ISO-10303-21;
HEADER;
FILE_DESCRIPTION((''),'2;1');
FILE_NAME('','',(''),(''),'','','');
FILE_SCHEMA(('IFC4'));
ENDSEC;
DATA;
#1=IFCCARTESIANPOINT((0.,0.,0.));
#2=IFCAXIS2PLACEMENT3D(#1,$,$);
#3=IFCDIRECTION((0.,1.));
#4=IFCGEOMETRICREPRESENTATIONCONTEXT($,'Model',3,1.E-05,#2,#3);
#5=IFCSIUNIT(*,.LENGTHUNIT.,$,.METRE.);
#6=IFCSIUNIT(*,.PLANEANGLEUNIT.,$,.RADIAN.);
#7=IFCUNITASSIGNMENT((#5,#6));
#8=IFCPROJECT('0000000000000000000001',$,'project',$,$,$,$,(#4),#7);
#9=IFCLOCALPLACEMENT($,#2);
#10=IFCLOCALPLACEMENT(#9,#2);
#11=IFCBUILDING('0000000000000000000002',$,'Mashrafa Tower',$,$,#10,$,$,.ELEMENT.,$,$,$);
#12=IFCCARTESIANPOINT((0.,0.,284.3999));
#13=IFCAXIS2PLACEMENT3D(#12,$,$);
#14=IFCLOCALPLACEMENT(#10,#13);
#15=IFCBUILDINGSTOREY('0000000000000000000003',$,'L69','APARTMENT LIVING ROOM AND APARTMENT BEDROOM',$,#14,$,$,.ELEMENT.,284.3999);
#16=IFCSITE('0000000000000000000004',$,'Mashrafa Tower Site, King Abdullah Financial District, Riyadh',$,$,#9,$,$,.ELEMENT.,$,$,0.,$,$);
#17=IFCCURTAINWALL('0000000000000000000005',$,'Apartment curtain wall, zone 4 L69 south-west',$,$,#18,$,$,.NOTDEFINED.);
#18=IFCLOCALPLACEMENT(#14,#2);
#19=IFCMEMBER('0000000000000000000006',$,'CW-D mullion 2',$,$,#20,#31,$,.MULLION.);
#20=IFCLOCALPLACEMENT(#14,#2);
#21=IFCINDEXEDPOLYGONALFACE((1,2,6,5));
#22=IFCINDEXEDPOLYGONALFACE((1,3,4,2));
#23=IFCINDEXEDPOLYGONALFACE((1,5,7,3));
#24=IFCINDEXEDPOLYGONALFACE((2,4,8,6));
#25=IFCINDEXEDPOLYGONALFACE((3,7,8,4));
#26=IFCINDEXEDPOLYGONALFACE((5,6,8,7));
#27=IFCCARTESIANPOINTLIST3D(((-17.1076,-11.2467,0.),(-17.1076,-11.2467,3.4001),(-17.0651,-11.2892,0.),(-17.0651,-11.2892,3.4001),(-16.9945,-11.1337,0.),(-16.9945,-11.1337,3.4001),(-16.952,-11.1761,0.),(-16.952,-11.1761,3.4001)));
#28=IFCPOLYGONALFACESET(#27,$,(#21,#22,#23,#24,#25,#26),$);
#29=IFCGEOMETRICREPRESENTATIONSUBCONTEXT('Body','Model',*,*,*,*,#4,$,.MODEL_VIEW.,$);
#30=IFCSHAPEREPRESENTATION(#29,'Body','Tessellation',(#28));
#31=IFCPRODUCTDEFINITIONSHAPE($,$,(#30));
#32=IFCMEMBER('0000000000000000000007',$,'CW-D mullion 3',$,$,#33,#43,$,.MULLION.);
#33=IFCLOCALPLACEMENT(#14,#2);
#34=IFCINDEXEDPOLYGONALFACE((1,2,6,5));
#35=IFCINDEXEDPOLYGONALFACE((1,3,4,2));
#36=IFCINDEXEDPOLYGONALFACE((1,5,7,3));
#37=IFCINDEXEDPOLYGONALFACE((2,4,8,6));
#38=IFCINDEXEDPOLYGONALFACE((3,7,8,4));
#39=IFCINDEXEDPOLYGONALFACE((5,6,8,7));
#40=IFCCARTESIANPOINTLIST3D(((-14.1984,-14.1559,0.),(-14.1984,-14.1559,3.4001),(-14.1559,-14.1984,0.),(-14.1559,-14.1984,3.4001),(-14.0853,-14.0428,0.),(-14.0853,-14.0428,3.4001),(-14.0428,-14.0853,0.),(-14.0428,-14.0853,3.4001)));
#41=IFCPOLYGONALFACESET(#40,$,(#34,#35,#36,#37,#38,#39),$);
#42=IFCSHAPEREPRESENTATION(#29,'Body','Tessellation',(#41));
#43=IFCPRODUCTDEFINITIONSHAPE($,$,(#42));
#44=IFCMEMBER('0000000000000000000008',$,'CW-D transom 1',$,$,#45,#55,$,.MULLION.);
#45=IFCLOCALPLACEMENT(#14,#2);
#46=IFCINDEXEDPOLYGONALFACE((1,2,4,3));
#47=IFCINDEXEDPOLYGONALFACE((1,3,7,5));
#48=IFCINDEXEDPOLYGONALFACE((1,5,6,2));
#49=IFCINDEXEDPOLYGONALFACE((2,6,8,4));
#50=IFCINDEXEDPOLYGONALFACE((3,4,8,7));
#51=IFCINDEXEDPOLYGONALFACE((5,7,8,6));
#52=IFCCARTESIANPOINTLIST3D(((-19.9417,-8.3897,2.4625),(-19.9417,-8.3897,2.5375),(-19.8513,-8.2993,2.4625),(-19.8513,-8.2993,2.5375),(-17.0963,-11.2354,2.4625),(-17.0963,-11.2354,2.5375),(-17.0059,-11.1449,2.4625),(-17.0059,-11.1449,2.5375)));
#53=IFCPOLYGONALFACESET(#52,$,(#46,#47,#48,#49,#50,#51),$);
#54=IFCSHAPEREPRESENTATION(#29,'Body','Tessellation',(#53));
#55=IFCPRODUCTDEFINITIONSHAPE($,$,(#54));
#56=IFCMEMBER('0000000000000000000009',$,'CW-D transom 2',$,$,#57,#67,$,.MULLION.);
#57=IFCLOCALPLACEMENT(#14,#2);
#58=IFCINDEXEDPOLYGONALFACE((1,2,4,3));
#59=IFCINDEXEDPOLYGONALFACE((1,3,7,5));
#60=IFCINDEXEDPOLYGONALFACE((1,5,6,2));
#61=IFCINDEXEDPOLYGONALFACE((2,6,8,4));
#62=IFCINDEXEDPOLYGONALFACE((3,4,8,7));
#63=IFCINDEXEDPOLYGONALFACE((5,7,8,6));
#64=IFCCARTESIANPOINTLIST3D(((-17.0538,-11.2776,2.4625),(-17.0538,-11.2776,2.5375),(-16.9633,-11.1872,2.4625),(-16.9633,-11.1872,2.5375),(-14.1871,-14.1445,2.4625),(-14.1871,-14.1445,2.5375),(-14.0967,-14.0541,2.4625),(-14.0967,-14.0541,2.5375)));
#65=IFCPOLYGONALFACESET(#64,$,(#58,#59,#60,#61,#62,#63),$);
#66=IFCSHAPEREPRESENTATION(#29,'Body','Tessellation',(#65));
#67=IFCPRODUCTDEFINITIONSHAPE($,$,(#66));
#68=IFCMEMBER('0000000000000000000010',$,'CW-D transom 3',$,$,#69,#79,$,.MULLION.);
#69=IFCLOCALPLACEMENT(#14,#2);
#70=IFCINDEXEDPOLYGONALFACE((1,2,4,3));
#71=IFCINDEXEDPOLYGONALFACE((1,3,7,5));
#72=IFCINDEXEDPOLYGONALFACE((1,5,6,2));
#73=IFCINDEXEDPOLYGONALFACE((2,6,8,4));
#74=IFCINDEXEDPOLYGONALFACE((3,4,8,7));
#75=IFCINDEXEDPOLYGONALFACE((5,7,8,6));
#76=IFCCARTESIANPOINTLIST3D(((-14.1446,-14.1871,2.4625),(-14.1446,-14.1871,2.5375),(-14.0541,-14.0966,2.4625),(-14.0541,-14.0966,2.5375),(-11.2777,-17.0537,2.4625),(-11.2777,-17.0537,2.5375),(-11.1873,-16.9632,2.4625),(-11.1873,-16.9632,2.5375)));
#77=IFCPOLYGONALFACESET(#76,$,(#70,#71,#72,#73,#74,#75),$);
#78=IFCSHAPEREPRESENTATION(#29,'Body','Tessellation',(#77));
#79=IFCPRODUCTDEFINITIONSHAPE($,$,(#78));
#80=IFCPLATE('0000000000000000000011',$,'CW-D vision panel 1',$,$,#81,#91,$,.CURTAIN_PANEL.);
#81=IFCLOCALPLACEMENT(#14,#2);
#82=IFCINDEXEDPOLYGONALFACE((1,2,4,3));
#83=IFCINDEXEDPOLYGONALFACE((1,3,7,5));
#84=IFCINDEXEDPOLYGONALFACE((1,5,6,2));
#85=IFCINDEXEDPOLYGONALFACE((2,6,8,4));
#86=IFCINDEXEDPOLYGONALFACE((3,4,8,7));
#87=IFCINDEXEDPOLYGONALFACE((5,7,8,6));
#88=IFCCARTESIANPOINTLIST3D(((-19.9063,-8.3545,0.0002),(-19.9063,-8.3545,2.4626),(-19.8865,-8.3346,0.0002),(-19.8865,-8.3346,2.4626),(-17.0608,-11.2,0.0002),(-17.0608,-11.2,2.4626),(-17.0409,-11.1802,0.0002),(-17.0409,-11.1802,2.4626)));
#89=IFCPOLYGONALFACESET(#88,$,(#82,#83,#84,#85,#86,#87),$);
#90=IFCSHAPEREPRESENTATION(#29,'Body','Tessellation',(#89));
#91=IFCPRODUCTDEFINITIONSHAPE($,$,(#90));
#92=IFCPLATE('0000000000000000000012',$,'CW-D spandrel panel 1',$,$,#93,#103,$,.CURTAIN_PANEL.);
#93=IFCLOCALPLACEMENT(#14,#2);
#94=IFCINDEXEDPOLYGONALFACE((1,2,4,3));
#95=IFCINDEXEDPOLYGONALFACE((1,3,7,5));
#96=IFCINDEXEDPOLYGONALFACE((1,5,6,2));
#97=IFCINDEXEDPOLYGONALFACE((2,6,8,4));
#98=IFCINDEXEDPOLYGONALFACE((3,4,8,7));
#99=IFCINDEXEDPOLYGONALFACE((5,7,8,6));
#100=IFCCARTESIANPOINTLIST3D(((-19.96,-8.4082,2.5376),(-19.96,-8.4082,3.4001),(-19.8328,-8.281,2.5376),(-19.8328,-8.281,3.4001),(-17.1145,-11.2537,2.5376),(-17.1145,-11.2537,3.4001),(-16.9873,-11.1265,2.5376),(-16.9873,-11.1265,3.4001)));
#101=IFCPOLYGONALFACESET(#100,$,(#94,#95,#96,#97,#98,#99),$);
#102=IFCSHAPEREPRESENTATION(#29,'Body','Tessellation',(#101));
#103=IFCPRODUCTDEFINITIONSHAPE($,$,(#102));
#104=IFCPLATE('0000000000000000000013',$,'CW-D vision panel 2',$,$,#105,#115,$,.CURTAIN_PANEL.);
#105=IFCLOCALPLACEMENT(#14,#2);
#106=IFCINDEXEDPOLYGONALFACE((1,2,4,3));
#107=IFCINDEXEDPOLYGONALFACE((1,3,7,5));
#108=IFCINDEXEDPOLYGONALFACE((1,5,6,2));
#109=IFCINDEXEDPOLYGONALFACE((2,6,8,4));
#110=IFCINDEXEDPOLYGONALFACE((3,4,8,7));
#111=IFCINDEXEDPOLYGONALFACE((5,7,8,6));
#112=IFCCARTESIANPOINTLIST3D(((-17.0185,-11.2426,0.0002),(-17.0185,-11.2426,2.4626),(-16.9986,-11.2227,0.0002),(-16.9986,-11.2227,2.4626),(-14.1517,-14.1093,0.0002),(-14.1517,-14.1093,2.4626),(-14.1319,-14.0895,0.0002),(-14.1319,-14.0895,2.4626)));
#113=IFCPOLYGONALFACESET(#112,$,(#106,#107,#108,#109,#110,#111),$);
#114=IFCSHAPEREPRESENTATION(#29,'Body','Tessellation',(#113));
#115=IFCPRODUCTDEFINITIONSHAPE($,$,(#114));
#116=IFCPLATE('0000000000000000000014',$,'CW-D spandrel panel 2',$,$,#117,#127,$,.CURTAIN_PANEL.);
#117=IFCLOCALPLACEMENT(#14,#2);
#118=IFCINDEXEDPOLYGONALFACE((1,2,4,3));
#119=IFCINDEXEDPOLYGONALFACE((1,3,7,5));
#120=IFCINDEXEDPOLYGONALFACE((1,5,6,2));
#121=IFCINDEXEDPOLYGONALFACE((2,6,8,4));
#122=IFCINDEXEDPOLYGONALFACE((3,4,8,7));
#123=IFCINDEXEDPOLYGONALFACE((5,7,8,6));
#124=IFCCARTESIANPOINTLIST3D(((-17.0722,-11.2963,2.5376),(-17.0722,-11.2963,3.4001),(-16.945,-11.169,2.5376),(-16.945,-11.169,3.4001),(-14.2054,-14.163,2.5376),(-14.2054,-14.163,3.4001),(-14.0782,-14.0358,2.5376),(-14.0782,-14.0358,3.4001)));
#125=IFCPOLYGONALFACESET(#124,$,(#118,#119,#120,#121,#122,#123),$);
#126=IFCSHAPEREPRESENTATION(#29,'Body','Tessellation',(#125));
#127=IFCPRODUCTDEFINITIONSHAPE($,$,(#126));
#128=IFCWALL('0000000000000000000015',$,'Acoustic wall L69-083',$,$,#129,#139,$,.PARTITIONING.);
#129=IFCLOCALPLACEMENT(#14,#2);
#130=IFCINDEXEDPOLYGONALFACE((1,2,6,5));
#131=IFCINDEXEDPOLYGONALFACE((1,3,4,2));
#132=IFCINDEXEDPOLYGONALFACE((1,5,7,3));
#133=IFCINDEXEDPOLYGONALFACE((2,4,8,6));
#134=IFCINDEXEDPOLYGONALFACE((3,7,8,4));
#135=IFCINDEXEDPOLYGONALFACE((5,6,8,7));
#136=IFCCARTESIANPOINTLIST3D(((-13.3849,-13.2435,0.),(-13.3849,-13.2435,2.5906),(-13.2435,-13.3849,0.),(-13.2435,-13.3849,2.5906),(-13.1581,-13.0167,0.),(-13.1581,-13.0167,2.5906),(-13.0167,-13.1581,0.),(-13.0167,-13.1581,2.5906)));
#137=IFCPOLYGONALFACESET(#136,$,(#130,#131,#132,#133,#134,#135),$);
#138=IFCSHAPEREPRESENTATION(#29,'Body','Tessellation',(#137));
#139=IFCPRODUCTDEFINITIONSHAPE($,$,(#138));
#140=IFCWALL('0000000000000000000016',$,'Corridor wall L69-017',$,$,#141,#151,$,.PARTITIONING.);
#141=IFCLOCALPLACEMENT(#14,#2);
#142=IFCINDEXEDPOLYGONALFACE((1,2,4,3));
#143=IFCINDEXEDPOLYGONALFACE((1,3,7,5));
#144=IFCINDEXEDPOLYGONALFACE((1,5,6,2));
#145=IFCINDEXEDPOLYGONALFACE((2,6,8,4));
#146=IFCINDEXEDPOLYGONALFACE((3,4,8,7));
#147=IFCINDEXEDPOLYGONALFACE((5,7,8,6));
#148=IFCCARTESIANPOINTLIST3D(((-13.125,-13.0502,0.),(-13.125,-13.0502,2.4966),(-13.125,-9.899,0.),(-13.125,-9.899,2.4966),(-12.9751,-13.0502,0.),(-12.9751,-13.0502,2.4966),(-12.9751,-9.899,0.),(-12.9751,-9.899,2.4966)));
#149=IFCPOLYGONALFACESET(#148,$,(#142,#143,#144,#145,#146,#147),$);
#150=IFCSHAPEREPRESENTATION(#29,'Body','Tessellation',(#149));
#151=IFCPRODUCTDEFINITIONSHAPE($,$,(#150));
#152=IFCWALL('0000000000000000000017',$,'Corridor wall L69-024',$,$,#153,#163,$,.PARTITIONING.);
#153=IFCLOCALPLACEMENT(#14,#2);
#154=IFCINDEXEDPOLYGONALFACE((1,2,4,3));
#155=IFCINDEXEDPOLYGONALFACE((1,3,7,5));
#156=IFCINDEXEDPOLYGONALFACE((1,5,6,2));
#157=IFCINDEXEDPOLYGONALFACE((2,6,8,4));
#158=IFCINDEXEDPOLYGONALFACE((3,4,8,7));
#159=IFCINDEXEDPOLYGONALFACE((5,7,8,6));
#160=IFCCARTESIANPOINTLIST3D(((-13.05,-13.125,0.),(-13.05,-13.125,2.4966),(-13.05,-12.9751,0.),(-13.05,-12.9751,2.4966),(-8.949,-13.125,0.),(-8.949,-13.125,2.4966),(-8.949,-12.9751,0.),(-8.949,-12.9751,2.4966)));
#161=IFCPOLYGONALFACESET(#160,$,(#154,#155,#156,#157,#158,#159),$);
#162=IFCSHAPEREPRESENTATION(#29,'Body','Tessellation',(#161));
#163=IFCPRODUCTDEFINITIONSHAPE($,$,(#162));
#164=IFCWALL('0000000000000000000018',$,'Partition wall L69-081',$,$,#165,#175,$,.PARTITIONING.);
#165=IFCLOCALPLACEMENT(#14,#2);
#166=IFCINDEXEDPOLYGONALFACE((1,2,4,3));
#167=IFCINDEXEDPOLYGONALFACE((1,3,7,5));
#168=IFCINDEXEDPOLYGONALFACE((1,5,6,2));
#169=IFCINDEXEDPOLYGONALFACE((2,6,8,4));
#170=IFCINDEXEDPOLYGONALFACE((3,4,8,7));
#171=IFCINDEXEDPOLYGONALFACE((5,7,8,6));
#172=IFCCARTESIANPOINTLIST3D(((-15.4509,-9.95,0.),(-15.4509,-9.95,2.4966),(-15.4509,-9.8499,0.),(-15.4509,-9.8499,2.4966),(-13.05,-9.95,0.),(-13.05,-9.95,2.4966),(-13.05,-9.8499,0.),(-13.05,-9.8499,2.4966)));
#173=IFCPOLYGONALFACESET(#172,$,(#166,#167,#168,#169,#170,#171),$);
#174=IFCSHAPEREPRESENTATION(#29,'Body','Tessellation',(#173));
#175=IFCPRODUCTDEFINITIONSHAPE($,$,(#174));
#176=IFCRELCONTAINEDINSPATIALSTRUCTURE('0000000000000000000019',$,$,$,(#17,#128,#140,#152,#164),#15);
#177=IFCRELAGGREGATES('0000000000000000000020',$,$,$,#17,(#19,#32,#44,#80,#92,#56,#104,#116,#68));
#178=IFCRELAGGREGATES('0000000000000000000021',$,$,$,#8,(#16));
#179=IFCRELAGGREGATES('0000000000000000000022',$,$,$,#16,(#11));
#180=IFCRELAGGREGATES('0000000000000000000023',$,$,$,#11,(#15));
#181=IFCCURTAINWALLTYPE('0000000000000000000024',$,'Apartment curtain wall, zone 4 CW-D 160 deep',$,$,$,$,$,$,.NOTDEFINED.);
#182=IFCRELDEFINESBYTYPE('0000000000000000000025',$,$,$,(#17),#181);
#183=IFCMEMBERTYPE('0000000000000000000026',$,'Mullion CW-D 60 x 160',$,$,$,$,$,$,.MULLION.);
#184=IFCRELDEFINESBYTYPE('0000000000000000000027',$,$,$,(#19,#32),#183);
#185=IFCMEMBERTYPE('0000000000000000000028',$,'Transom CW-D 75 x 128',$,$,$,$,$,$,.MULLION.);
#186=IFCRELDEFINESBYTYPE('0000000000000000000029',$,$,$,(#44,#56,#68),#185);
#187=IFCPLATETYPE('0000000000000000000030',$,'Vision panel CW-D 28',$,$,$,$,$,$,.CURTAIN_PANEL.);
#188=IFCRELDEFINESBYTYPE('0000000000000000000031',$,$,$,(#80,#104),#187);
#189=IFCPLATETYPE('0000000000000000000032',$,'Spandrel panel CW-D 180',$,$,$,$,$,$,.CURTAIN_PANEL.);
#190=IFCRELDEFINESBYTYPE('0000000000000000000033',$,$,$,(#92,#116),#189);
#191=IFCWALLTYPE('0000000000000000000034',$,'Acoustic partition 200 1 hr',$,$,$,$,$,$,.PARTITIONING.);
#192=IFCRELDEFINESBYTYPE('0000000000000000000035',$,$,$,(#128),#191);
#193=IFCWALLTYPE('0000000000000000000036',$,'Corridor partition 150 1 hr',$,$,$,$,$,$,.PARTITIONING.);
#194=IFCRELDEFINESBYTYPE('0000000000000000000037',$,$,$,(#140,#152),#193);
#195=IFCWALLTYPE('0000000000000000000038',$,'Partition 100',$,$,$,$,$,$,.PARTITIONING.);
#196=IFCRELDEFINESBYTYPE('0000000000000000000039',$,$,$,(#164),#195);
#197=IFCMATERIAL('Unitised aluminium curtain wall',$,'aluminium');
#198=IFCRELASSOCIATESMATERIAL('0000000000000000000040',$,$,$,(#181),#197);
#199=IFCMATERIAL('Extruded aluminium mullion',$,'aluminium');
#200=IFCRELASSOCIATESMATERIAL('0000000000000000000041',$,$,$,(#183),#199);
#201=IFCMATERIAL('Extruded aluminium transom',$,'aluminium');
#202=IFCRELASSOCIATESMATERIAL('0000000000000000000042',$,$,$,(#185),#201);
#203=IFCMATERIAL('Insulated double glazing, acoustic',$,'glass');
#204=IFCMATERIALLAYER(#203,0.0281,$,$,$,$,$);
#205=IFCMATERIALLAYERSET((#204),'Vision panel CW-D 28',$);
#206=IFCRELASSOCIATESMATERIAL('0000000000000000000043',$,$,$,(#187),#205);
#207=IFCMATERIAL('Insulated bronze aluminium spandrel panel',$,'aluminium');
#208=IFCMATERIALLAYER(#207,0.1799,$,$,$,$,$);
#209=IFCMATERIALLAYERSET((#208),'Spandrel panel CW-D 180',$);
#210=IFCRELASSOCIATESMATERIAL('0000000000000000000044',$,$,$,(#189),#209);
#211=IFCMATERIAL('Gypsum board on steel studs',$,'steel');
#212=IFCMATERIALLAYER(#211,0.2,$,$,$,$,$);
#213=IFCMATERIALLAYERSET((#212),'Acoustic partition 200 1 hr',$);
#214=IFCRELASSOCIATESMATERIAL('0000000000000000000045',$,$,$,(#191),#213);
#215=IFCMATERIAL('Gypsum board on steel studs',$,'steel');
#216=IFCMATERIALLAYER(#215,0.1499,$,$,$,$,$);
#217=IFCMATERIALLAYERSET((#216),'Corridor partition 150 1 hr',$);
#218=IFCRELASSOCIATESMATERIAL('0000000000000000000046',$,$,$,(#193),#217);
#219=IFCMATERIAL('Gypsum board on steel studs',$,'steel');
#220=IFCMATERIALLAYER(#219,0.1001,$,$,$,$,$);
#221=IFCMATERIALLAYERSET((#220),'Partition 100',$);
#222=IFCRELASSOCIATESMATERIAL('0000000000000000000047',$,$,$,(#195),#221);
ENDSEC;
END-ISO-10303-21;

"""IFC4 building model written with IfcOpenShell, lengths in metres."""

from ifc_helpers import new_model, si_unit, direction, frame, frame_2d, origin, origin_2d, place, context, subcontext, project, spatial, rectangle, extrude, source, transform, mapped, material, layer, layer_set, material_profile, profile_set, type_object, type_shapes, element, aggregate, save


model = new_model("IFC4")

# Units and contexts
model_context = context("Model", 3, precision=1e-05, world=origin(), true_north=direction((0.0, 1.0)))
body_context = subcontext(model_context, "Body", "Model", "MODEL_VIEW")
ifc_project = project(units=[si_unit("LENGTHUNIT", "METRE"), si_unit("PLANEANGLEUNIT", "RADIAN")], contexts=[model_context])

# Site, building, storey
site_placement = place(None, origin())
site = spatial("IfcSite", under=ifc_project, at=site_placement, Name="Mashrafa Tower Site, King Abdullah Financial District, Riyadh", CompositionType="ELEMENT", RefElevation=0.0)
building_placement = place(site_placement, origin())
building = spatial("IfcBuilding", under=site, at=building_placement, Name="Mashrafa Tower", CompositionType="ELEMENT")
storey_placement = place(building_placement, frame((0.0, 0.0, 284.3999)))
storey = spatial("IfcBuildingStorey", under=building, at=storey_placement, Name="L69", Description="APARTMENT LIVING ROOM AND APARTMENT BEDROOM", CompositionType="ELEMENT", Elevation=284.3999)

# Shared definitions
ifc_material_1 = material(Name="Unitised aluminium curtain wall", Category="aluminium")
curtain_wall_type = type_object("IfcCurtainWallType", Name="Apartment curtain wall, zone 4 CW-D 160 deep", PredefinedType="NOTDEFINED", material=ifc_material_1)
ifc_material_2 = material(Name="Extruded aluminium mullion", Category="aluminium")
ifc_material_profile_1 = material_profile(ifc_material_2, rectangle(XDim=0.1599, YDim=0.0601, at=origin_2d()), Name="Mullion 60x160")
ifc_profile_set_1 = profile_set([ifc_material_profile_1], Name="Extruded aluminium mullion")
member_type_1 = type_object("IfcMemberType", Name="Mullion CW-D 60 x 160", PredefinedType="MULLION", material=ifc_profile_set_1)
shared_shape_1 = source(origin(), body_context, "Body", "SweptSolid", [
    extrude(rectangle(XDim=0.1599, YDim=0.0601, at=origin_2d()), origin(), (0.0, 0.0, 1.0), 3.4001),
])
type_shapes(member_type_1, [shared_shape_1])

# Curtain wall, members, plates
curtain_wall_1_placement = place(storey_placement, origin())
curtain_wall_1 = element("IfcCurtainWall", 1, at=curtain_wall_1_placement, inside=storey, type_object=curtain_wall_type, Name="Apartment curtain wall, zone 4 L69 south-west", PredefinedType="NOTDEFINED")
member_1_placement = place(storey_placement, frame((-17.0298, -11.2114, 0.0), z_axis=(0.0, 0.0, 1.0), x_axis=(0.707107, 0.707107, 0.0)))
member_1 = element("IfcMember", 2, at=member_1_placement, type_object=member_type_1, Name="CW-D mullion 2", PredefinedType="MULLION", context=body_context, shape_type="MappedRepresentation", body=[
    mapped(shared_shape_1, transform((0.0, 0.0, 0.0))),
])
member_2_placement = place(storey_placement, frame((-14.1206, -14.1206, 0.0), z_axis=(0.0, 0.0, 1.0), x_axis=(0.707107, 0.707107, 0.0)))
member_2 = element("IfcMember", 3, at=member_2_placement, type_object=member_type_1, Name="CW-D mullion 3", PredefinedType="MULLION", context=body_context, shape_type="MappedRepresentation", body=[
    mapped(shared_shape_1, transform((0.0, 0.0, 0.0))),
])
ifc_material_3 = material(Name="Extruded aluminium transom", Category="aluminium")
ifc_material_profile_2 = material_profile(ifc_material_3, rectangle(XDim=0.1279, YDim=0.075, at=origin_2d()), Name="Transom 75x128")
ifc_profile_set_2 = profile_set([ifc_material_profile_2], Name="Extruded aluminium transom")
member_type_2 = type_object("IfcMemberType", Name="Transom CW-D 75 x 128", PredefinedType="MULLION", material=ifc_profile_set_2)
shared_shape_2 = source(origin(), body_context, "Body", "SweptSolid", [
    extrude(rectangle(XDim=0.1279, YDim=0.075, at=origin_2d()), origin(), (0.0, 0.0, 1.0), 4.0242),
])
member_3_placement = place(storey_placement, frame((-19.8965, -8.3445, 2.5), z_axis=(0.707076, -0.707137, 0.0), x_axis=(0.707137, 0.707076, 0.0)))
member_3 = element("IfcMember", 4, at=member_3_placement, type_object=member_type_2, Name="CW-D transom 1", PredefinedType="MULLION", context=body_context, shape_type="MappedRepresentation", body=[
    mapped(shared_shape_2, transform((0.0, 0.0, 0.0))),
])
shared_shape_3 = source(origin(), body_context, "Body", "SweptSolid", [
    extrude(rectangle(XDim=0.1279, YDim=0.075, at=origin_2d()), origin(), (0.0, 0.0, 1.0), 4.0542),
])
type_shapes(member_type_2, [shared_shape_2, shared_shape_3])
member_4_placement = place(storey_placement, frame((-17.0085, -11.2324, 2.5), z_axis=(0.707077, -0.707137, 0.0), x_axis=(0.707137, 0.707077, 0.0)))
member_4 = element("IfcMember", 5, at=member_4_placement, type_object=member_type_2, Name="CW-D transom 2", PredefinedType="MULLION", context=body_context, shape_type="MappedRepresentation", body=[
    mapped(shared_shape_3, transform((0.0, 0.0, 0.0))),
])
member_5_placement = place(storey_placement, frame((-14.0994, -14.1418, 2.5), z_axis=(0.707137, -0.707077, 0.0), x_axis=(0.707077, 0.707137, 0.0)))
member_5 = element("IfcMember", 6, at=member_5_placement, type_object=member_type_2, Name="CW-D transom 3", PredefinedType="MULLION", context=body_context, shape_type="MappedRepresentation", body=[
    mapped(shared_shape_3, transform((0.0, 0.0, 0.0))),
])
ifc_material_4 = material(Name="Insulated double glazing, acoustic", Category="glass")
ifc_layer_1 = layer(ifc_material_4, 0.0281)
ifc_layer_set_1 = layer_set([ifc_layer_1], Name="Vision panel CW-D 28")
plate_type_1 = type_object("IfcPlateType", Name="Vision panel CW-D 28", PredefinedType="CURTAIN_PANEL", material=ifc_layer_set_1)
shared_shape_4 = source(origin(), body_context, "Body", "SweptSolid", [
    extrude(rectangle(XDim=4.0242, YDim=0.0281, at=origin_2d()), origin(), (0.0, 0.0, 1.0), 2.4624),
])
plate_1_placement = place(storey_placement, frame((-18.4736, -9.7673, 0.0002), z_axis=(0.0, 0.0, 1.0), x_axis=(0.707107, -0.707107, 0.0)))
plate_1 = element("IfcPlate", 7, at=plate_1_placement, type_object=plate_type_1, Name="CW-D vision panel 1", PredefinedType="CURTAIN_PANEL", context=body_context, shape_type="MappedRepresentation", body=[
    mapped(shared_shape_4, transform((0.0, 0.0, 0.0))),
])
ifc_material_5 = material(Name="Insulated bronze aluminium spandrel panel", Category="aluminium")
ifc_layer_2 = layer(ifc_material_5, 0.1799)
ifc_layer_set_2 = layer_set([ifc_layer_2], Name="Spandrel panel CW-D 180")
plate_type_2 = type_object("IfcPlateType", Name="Spandrel panel CW-D 180", PredefinedType="CURTAIN_PANEL", material=ifc_layer_set_2)
shared_shape_5 = source(origin(), body_context, "Body", "SweptSolid", [
    extrude(rectangle(XDim=4.0242, YDim=0.1799, at=origin_2d()), origin(), (0.0, 0.0, 1.0), 0.8625),
])
plate_2_placement = place(storey_placement, frame((-18.4736, -9.7673, 2.5376), z_axis=(0.0, 0.0, 1.0), x_axis=(0.707107, -0.707107, 0.0)))
plate_2 = element("IfcPlate", 8, at=plate_2_placement, type_object=plate_type_2, Name="CW-D spandrel panel 1", PredefinedType="CURTAIN_PANEL", context=body_context, shape_type="MappedRepresentation", body=[
    mapped(shared_shape_5, transform((0.0, 0.0, 0.0))),
])
shared_shape_6 = source(origin(), body_context, "Body", "SweptSolid", [
    extrude(rectangle(XDim=4.0542, YDim=0.0281, at=origin_2d()), origin(), (0.0, 0.0, 1.0), 2.4624),
])
type_shapes(plate_type_1, [shared_shape_4, shared_shape_6])
plate_3_placement = place(storey_placement, frame((-15.5752, -12.666, 0.0002), z_axis=(0.0, 0.0, 1.0), x_axis=(0.707107, -0.707107, 0.0)))
plate_3 = element("IfcPlate", 9, at=plate_3_placement, type_object=plate_type_1, Name="CW-D vision panel 2", PredefinedType="CURTAIN_PANEL", context=body_context, shape_type="MappedRepresentation", body=[
    mapped(shared_shape_6, transform((0.0, 0.0, 0.0))),
])
shared_shape_7 = source(origin(), body_context, "Body", "SweptSolid", [
    extrude(rectangle(XDim=4.0542, YDim=0.1799, at=origin_2d()), origin(), (0.0, 0.0, 1.0), 0.8625),
])
type_shapes(plate_type_2, [shared_shape_5, shared_shape_7])
plate_4_placement = place(storey_placement, frame((-15.5752, -12.666, 2.5376), z_axis=(0.0, 0.0, 1.0), x_axis=(0.707107, -0.707107, 0.0)))
plate_4 = element("IfcPlate", 10, at=plate_4_placement, type_object=plate_type_2, Name="CW-D spandrel panel 2", PredefinedType="CURTAIN_PANEL", context=body_context, shape_type="MappedRepresentation", body=[
    mapped(shared_shape_7, transform((0.0, 0.0, 0.0))),
])
aggregate(curtain_wall_1, [member_1, member_2, member_3, plate_1, plate_2, member_4, plate_3, plate_4, member_5])

# Walls
ifc_material_6 = material(Name="Gypsum board on steel studs", Category="steel")
ifc_layer_3 = layer(ifc_material_6, 0.2)
ifc_layer_set_3 = layer_set([ifc_layer_3], Name="Acoustic partition 200 1 hr")
wall_type_1 = type_object("IfcWallType", Name="Acoustic partition 200 1 hr", PredefinedType="PARTITIONING", material=ifc_layer_set_3)
wall_1_placement = place(storey_placement, frame((-13.3142, -13.3142, 0.0), z_axis=(0.0, 0.0, 1.0), x_axis=(0.707107, 0.707107, 0.0)))
element("IfcWall", 11, at=wall_1_placement, inside=storey, type_object=wall_type_1, Name="Acoustic wall L69-083", PredefinedType="PARTITIONING", context=body_context, shape_type="SweptSolid", body=[
    extrude(rectangle(XDim=0.3208, YDim=0.2, at=frame_2d((0.1604, 0.0))), origin(), (0.0, 0.0, 1.0), 2.5906),
])
ifc_material_7 = material(Name="Gypsum board on steel studs", Category="steel")
ifc_layer_4 = layer(ifc_material_7, 0.1499)
ifc_layer_set_4 = layer_set([ifc_layer_4], Name="Corridor partition 150 1 hr")
wall_type_2 = type_object("IfcWallType", Name="Corridor partition 150 1 hr", PredefinedType="PARTITIONING", material=ifc_layer_set_4)
wall_2_placement = place(storey_placement, frame((-13.05, -9.8989, 0.0), z_axis=(0.0, 0.0, 1.0), x_axis=(0.0, -1.0, 0.0)))
element("IfcWall", 12, at=wall_2_placement, inside=storey, type_object=wall_type_2, Name="Corridor wall L69-017", PredefinedType="PARTITIONING", context=body_context, shape_type="SweptSolid", body=[
    extrude(rectangle(XDim=3.1511, YDim=0.1499, at=frame_2d((1.5757, 0.0))), origin(), (0.0, 0.0, 1.0), 2.4966),
])
wall_3_placement = place(storey_placement, frame((-13.05, -13.05, 0.0), z_axis=(0.0, 0.0, 1.0), x_axis=(1.0, 0.0, 0.0)))
element("IfcWall", 13, at=wall_3_placement, inside=storey, type_object=wall_type_2, Name="Corridor wall L69-024", PredefinedType="PARTITIONING", context=body_context, shape_type="SweptSolid", body=[
    extrude(rectangle(XDim=4.1011, YDim=0.1499, at=frame_2d((2.0505, 0.0))), origin(), (0.0, 0.0, 1.0), 2.4966),
])
ifc_material_8 = material(Name="Gypsum board on steel studs", Category="steel")
ifc_layer_5 = layer(ifc_material_8, 0.1001)
ifc_layer_set_5 = layer_set([ifc_layer_5], Name="Partition 100")
wall_type_3 = type_object("IfcWallType", Name="Partition 100", PredefinedType="PARTITIONING", material=ifc_layer_set_5)
wall_4_placement = place(storey_placement, frame((-13.05, -9.8999, 0.0), z_axis=(0.0, 0.0, 1.0), x_axis=(-1.0, 0.0, 0.0)))
element("IfcWall", 14, at=wall_4_placement, inside=storey, type_object=wall_type_3, Name="Partition wall L69-081", PredefinedType="PARTITIONING", context=body_context, shape_type="SweptSolid", body=[
    extrude(rectangle(XDim=2.4009, YDim=0.1001, at=frame_2d((1.2004, 0.0))), origin(), (0.0, 0.0, 1.0), 2.4966),
])

save(model, "model.ifc")
